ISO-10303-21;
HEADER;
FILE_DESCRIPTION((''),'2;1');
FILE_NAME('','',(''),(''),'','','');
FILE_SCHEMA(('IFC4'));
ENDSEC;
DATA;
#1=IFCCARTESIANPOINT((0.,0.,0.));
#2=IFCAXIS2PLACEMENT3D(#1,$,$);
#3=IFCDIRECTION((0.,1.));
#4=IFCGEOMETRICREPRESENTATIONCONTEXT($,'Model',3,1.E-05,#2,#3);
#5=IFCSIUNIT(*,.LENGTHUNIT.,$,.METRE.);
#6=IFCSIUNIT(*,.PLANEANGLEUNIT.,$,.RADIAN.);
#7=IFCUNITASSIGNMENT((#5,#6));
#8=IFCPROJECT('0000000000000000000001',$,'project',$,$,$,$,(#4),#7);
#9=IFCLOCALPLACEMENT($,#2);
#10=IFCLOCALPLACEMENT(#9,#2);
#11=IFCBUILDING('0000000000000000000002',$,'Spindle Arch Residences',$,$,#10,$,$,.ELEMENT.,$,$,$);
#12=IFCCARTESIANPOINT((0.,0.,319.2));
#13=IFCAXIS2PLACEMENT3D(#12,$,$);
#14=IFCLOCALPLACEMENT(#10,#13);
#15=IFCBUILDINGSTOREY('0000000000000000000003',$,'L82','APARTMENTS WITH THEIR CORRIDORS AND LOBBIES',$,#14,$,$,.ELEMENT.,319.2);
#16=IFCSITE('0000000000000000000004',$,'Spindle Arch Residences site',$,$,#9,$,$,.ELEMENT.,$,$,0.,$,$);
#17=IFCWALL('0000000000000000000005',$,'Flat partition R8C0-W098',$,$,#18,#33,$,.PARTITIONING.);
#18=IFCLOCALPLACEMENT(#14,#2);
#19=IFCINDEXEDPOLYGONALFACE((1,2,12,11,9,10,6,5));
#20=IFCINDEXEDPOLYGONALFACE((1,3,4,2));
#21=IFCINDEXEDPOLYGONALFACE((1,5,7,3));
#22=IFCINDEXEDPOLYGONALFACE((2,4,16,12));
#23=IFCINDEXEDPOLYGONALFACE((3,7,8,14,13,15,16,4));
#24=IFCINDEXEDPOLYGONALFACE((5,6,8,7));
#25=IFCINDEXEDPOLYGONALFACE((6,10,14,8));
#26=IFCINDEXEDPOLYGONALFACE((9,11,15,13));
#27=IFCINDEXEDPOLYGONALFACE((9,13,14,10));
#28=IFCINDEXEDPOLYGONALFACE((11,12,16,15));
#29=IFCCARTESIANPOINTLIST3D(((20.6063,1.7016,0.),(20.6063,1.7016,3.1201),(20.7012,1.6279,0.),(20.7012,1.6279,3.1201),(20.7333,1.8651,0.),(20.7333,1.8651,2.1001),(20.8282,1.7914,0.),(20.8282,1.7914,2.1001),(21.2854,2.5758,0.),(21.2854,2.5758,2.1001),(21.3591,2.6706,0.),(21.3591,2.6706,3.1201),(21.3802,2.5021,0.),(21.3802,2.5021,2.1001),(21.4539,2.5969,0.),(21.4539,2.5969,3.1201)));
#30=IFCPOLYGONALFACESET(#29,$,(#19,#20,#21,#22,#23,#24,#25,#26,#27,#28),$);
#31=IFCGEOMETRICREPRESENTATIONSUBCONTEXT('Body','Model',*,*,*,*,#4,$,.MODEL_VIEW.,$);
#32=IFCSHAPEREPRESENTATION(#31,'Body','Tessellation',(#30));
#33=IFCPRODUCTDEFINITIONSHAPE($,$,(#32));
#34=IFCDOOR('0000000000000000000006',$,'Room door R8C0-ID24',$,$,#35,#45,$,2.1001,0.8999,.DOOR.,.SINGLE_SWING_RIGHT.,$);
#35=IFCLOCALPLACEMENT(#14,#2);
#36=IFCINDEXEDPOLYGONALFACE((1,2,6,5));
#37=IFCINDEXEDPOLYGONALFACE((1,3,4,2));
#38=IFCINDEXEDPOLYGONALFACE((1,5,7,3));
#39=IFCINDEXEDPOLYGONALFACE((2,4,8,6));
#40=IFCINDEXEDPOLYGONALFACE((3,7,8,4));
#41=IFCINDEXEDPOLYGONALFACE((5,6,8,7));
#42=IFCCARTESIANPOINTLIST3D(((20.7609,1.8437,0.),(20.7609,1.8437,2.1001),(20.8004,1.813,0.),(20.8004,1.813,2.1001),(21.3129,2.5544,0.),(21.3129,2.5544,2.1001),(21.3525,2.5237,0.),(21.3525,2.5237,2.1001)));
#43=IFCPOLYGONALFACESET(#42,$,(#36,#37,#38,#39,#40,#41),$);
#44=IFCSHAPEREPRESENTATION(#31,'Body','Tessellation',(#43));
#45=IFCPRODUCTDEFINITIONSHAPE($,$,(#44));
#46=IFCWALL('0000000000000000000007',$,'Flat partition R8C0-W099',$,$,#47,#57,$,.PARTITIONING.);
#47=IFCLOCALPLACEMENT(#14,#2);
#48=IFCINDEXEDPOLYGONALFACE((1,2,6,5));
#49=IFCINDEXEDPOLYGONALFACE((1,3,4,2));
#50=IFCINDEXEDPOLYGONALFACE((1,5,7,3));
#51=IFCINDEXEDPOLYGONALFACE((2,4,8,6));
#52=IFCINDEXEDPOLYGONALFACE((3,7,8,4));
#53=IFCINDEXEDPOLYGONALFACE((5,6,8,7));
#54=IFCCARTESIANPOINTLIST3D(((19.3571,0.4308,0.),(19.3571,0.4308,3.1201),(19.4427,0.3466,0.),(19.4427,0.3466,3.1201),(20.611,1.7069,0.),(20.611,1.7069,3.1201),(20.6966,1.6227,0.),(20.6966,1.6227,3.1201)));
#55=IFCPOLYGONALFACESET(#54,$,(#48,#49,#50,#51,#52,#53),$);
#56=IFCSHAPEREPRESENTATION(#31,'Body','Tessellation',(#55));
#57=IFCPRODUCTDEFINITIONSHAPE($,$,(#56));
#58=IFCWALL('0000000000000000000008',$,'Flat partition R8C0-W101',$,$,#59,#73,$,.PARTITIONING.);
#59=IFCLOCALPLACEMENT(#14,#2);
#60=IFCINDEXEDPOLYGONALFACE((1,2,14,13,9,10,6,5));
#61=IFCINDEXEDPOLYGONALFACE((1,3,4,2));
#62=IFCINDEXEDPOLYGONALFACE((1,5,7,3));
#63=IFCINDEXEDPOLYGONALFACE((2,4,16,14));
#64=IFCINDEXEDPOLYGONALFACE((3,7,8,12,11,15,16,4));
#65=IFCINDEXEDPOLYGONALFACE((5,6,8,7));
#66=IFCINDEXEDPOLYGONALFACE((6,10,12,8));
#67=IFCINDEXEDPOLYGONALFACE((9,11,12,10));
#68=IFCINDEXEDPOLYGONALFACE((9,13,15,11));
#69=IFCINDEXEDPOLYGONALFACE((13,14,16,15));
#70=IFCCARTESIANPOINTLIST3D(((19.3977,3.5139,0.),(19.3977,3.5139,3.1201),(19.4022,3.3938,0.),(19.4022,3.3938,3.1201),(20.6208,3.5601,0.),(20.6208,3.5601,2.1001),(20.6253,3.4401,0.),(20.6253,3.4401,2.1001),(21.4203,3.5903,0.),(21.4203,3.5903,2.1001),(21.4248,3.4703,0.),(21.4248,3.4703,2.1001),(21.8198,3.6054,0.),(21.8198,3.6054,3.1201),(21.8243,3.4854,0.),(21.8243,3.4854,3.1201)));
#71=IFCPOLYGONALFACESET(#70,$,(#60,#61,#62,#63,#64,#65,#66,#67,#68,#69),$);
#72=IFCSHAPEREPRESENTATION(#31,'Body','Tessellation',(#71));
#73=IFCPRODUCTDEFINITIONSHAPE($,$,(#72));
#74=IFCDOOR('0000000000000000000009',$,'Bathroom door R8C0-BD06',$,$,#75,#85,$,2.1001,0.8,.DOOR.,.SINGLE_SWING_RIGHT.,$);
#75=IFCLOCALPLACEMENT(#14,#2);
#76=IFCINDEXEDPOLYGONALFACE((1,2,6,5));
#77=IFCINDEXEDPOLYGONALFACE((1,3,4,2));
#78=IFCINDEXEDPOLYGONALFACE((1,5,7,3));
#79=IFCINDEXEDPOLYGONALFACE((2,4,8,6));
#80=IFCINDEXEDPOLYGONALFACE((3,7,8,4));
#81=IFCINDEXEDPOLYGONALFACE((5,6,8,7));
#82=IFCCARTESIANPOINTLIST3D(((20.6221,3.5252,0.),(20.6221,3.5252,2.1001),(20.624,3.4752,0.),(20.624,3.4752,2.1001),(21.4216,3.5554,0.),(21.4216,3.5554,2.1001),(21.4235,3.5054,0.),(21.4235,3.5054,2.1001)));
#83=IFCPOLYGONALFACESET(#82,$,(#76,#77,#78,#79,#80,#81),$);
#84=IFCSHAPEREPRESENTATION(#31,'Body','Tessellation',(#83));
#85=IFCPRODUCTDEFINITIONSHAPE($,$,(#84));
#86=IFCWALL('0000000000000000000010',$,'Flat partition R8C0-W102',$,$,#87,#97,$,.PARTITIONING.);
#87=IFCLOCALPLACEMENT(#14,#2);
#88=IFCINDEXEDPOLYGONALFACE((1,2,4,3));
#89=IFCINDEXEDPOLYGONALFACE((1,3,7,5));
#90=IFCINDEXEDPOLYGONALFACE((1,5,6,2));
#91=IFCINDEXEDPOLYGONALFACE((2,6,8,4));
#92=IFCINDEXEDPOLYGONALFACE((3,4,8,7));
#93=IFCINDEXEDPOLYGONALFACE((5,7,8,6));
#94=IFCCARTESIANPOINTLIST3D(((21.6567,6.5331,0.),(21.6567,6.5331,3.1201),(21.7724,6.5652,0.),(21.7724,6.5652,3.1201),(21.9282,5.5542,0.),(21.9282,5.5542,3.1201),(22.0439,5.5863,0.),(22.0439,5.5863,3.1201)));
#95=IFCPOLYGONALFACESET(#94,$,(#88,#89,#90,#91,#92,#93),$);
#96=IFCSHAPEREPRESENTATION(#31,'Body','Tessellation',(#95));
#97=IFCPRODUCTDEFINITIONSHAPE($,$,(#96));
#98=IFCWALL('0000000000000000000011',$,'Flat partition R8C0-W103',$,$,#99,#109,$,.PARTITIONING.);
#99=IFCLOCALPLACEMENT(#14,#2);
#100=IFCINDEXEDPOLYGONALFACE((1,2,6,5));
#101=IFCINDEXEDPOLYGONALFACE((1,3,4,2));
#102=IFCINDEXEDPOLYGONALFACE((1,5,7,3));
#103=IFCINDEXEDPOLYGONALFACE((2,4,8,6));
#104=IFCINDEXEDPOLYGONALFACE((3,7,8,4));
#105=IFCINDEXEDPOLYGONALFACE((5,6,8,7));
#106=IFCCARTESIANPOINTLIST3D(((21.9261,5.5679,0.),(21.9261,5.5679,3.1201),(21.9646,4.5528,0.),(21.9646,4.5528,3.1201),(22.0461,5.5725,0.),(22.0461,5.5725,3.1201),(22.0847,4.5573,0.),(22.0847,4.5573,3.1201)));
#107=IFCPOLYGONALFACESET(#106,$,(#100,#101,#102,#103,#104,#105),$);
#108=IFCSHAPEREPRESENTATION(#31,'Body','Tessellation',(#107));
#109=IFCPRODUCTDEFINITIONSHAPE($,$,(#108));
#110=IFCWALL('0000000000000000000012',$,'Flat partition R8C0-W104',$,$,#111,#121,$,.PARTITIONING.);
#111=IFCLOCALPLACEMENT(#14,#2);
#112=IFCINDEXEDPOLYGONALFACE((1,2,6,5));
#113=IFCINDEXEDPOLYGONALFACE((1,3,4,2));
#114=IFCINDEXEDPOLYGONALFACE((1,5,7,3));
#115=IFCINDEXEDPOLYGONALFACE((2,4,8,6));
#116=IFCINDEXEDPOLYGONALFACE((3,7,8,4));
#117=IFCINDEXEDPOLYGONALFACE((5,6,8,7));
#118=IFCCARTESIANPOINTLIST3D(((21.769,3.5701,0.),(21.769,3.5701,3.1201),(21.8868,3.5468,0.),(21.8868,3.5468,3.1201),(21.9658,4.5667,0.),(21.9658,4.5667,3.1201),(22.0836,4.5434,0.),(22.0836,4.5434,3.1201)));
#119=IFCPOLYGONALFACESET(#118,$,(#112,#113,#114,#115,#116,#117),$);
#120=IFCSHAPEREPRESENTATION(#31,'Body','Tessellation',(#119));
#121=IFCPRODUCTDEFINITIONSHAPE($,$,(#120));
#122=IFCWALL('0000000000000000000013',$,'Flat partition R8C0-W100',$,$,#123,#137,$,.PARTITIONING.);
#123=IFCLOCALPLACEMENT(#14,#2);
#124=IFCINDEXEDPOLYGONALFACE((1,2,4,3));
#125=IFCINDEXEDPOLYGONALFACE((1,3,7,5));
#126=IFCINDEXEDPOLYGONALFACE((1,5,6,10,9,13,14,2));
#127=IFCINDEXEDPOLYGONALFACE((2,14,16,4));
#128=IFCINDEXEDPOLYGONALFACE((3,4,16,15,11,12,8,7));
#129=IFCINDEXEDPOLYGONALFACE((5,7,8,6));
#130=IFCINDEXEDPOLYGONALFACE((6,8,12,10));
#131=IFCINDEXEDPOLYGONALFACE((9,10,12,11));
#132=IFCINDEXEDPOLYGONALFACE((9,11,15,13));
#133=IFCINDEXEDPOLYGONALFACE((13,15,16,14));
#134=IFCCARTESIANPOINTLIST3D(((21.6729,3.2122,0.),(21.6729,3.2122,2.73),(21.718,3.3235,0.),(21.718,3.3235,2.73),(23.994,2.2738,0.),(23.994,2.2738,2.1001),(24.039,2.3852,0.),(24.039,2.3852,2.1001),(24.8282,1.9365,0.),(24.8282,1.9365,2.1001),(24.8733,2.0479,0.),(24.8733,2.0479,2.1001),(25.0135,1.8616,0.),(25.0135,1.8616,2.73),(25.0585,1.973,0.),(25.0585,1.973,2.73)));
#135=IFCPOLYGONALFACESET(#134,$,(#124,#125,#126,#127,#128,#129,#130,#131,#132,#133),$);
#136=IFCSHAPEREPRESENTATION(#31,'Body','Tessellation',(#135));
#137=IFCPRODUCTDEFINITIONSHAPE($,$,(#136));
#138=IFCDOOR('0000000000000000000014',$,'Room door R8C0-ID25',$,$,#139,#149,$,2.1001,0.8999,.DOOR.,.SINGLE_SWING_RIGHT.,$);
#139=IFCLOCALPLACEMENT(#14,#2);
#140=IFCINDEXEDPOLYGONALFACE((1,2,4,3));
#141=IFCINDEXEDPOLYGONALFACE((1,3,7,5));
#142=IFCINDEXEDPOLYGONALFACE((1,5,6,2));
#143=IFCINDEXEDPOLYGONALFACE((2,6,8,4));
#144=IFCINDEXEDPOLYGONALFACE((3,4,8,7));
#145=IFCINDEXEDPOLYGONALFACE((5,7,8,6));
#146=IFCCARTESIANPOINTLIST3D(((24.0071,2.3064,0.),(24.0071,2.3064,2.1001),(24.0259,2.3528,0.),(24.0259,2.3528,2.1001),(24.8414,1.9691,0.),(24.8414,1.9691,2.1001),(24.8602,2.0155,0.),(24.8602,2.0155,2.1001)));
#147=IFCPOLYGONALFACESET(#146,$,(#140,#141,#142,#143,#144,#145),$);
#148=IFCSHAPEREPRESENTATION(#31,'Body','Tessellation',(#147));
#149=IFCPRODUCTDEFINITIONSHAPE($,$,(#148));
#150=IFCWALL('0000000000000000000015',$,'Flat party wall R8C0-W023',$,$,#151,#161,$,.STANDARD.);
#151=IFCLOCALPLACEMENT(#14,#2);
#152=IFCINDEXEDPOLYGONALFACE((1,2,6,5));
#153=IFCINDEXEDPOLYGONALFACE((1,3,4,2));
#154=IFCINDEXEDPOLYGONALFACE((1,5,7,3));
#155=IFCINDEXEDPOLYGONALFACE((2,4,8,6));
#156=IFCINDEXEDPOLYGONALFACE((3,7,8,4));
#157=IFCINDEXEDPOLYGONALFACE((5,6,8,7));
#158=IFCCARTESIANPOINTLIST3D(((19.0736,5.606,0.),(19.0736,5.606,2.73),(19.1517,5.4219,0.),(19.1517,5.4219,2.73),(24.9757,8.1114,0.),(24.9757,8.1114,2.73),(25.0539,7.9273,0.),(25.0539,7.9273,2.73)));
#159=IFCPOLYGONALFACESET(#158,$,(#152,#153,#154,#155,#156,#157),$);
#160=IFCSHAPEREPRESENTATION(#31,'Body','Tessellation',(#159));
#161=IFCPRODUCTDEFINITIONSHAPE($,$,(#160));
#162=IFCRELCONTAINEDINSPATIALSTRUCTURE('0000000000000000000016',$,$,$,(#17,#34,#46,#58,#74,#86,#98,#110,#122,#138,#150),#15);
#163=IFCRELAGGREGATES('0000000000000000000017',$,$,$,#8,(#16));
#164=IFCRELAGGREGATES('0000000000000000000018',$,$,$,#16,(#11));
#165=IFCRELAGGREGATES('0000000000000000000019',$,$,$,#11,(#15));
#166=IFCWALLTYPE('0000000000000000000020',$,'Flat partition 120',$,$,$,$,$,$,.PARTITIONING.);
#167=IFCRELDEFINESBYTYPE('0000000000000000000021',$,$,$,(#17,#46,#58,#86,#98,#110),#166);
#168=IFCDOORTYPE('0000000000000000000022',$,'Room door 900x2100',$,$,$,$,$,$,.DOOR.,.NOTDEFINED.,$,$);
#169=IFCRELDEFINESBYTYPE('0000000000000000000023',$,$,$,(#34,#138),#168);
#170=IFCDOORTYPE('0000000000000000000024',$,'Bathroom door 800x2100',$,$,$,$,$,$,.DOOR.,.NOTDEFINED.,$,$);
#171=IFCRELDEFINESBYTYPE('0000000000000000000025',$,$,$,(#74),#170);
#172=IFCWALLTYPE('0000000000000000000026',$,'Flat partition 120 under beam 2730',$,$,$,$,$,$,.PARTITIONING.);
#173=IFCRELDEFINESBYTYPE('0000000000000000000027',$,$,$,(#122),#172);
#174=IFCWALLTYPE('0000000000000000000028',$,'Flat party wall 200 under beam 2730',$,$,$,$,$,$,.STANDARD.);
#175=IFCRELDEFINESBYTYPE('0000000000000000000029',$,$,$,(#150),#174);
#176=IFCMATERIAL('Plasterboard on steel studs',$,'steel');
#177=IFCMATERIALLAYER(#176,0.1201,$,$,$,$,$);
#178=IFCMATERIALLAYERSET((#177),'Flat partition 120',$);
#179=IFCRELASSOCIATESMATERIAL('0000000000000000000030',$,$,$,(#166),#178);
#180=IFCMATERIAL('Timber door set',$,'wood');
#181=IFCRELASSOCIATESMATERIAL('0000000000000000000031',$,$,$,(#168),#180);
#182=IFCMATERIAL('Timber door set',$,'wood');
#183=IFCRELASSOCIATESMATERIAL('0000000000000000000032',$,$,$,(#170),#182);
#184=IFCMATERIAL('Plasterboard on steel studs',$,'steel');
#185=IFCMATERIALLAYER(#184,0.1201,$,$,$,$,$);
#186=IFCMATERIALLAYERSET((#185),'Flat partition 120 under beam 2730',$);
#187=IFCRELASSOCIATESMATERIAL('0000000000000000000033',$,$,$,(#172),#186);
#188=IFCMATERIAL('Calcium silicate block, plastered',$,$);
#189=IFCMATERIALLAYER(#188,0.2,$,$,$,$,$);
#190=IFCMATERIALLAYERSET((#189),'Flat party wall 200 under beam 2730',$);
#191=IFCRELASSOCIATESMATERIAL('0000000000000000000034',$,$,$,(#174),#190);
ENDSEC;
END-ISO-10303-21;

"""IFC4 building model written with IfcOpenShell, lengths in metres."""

from ifc_helpers import new_model, si_unit, direction, frame, frame_2d, origin, place, context, subcontext, project, spatial, rectangle, extrude, material, layer, layer_set, type_object, element, fill, save


model = new_model("IFC4")

# Units and contexts
model_context = context("Model", 3, precision=1e-05, world=origin(), true_north=direction((0.0, 1.0)))
body_context = subcontext(model_context, "Body", "Model", "MODEL_VIEW")
ifc_project = project(units=[si_unit("LENGTHUNIT", "METRE"), si_unit("PLANEANGLEUNIT", "RADIAN")], contexts=[model_context])

# Site, building, storey
site_placement = place(None, origin())
site = spatial("IfcSite", under=ifc_project, at=site_placement, Name="Spindle Arch Residences site", CompositionType="ELEMENT", RefElevation=0.0)
building_placement = place(site_placement, origin())
building = spatial("IfcBuilding", under=site, at=building_placement, Name="Spindle Arch Residences", CompositionType="ELEMENT")
storey_placement = place(building_placement, frame((0.0, 0.0, 319.2)))
storey = spatial("IfcBuildingStorey", under=building, at=storey_placement, Name="L82", Description="APARTMENTS WITH THEIR CORRIDORS AND LOBBIES", CompositionType="ELEMENT", Elevation=319.2)

# Shared definitions
ifc_material_1 = material(Name="Plasterboard on steel studs", Category="steel")
ifc_layer_1 = layer(ifc_material_1, 0.1201)
ifc_layer_set_1 = layer_set([ifc_layer_1], Name="Flat partition 120")
wall_type_1 = type_object("IfcWallType", Name="Flat partition 120", PredefinedType="PARTITIONING", material=ifc_layer_set_1)
ifc_material_2 = material(Name="Timber door set", Category="wood")
door_type_1 = type_object("IfcDoorType", Name="Room door 900x2100", OperationType="NOTDEFINED", PredefinedType="DOOR", material=ifc_material_2)

# Wall, opening, door
wall_1_placement = place(storey_placement, frame((21.4065, 2.6338, 0.0), z_axis=(0.0, 0.0, 1.0), x_axis=(-0.613445, -0.789738, 0.0)))
wall_1 = element("IfcWall", 1, at=wall_1_placement, inside=storey, type_object=wall_type_1, Name="Flat partition R8C0-W098", PredefinedType="PARTITIONING", context=body_context, shape_type="SweptSolid", body=[
    extrude(rectangle(XDim=1.2271, YDim=0.1201, at=frame_2d((0.6135, 0.0))), origin(), (0.0, 0.0, 1.0), 3.1201),
])
opening_1_placement = place(wall_1_placement, frame((0.1201, 0.0, 0.0)))
opening_1 = element("IfcOpeningElement", 2, at=opening_1_placement, cuts=wall_1, PredefinedType="OPENING", context=body_context, shape_type="SweptSolid", body=[
    extrude(rectangle(XDim=0.8999, YDim=2.1001, at=frame_2d((0.45, 1.05))), frame((0.0, 0.0701, 0.0), z_axis=(0.0, -1.0, 0.0), x_axis=(1.0, 0.0, 0.0)), (0.0, 0.0, 1.0), 0.1401),
])
door_1_placement = place(opening_1_placement, origin())
door_1 = element("IfcDoor", 3, at=door_1_placement, inside=storey, type_object=door_type_1, Name="Room door R8C0-ID24", OperationType="SINGLE_SWING_RIGHT", OverallHeight=2.1001, OverallWidth=0.8999, PredefinedType="DOOR", context=body_context, shape_type="SweptSolid", body=[
    extrude(rectangle(XDim=0.8999, YDim=2.1001, at=frame_2d((0.45, 1.05))), frame((0.0, 0.0249, 0.0), z_axis=(0.0, -1.0, 0.0), x_axis=(1.0, 0.0, 0.0)), (0.0, 0.0, 1.0), 0.05),
])
fill(opening_1, door_1)

# Wall
wall_2_placement = place(storey_placement, frame((20.6538, 1.6648, 0.0), z_axis=(0.0, 0.0, 1.0), x_axis=(-0.70087, -0.713289, 0.0)))
element("IfcWall", 4, at=wall_2_placement, inside=storey, type_object=wall_type_1, Name="Flat partition R8C0-W099", PredefinedType="PARTITIONING", context=body_context, shape_type="SweptSolid", body=[
    extrude(rectangle(XDim=1.7891, YDim=0.1201, at=frame_2d((0.8945, 0.0))), origin(), (0.0, 0.0, 1.0), 3.1201),
])

# Wall, opening, door
wall_3_placement = place(storey_placement, frame((21.822, 3.5454, 0.0), z_axis=(0.0, 0.0, 1.0), x_axis=(-0.999286, -0.037772, 0.0)))
wall_3 = element("IfcWall", 5, at=wall_3_placement, inside=storey, type_object=wall_type_1, Name="Flat partition R8C0-W101", PredefinedType="PARTITIONING", context=body_context, shape_type="SweptSolid", body=[
    extrude(rectangle(XDim=2.4238, YDim=0.1201, at=frame_2d((1.2119, 0.0))), origin(), (0.0, 0.0, 1.0), 3.1201),
])
opening_2_placement = place(wall_3_placement, frame((0.3999, 0.0, 0.0)))
opening_2 = element("IfcOpeningElement", 6, at=opening_2_placement, cuts=wall_3, PredefinedType="OPENING", context=body_context, shape_type="SweptSolid", body=[
    extrude(rectangle(XDim=0.8, YDim=2.1001, at=frame_2d((0.3999, 1.05))), frame((0.0, 0.0701, 0.0), z_axis=(0.0, -1.0, 0.0), x_axis=(1.0, 0.0, 0.0)), (0.0, 0.0, 1.0), 0.1401),
])
ifc_material_3 = material(Name="Timber door set", Category="wood")
door_type_2 = type_object("IfcDoorType", Name="Bathroom door 800x2100", OperationType="NOTDEFINED", PredefinedType="DOOR", material=ifc_material_3)
door_2_placement = place(opening_2_placement, origin())
door_2 = element("IfcDoor", 7, at=door_2_placement, inside=storey, type_object=door_type_2, Name="Bathroom door R8C0-BD06", OperationType="SINGLE_SWING_RIGHT", OverallHeight=2.1001, OverallWidth=0.8, PredefinedType="DOOR", context=body_context, shape_type="SweptSolid", body=[
    extrude(rectangle(XDim=0.8, YDim=2.1001, at=frame_2d((0.3999, 1.05))), frame((0.0, 0.0249, 0.0), z_axis=(0.0, -1.0, 0.0), x_axis=(1.0, 0.0, 0.0)), (0.0, 0.0, 1.0), 0.05),
])
fill(opening_2, door_2)

# Walls
for number, where, z_axis, x_axis, name in (
    (8, (21.7146, 6.5491, 0.0), (0.0, 0.0, 1.0), (0.267222, -0.963635, 0.0), "Flat partition R8C0-W102"),
    (9, (21.9861, 5.5701, 0.0), (0.0, 0.0, 1.0), (0.037972, -0.999279, 0.0), "Flat partition R8C0-W103"),
    (10, (22.0247, 4.5549, 0.0), (0.0, 0.0, 1.0), (-0.193712, -0.981058, 0.0), "Flat partition R8C0-W104"),
):
    element("IfcWall", number, at=place(storey_placement, frame(where, z_axis=z_axis, x_axis=x_axis)), inside=storey, type_object=wall_type_1, Name=name, PredefinedType="PARTITIONING", context=body_context, shape_type="SweptSolid", body=[
        extrude(rectangle(XDim=1.0159, YDim=0.1201, at=frame_2d((0.5078, 0.0))), origin(), (0.0, 0.0, 1.0), 3.1201),
    ])

# Wall, opening, door
ifc_material_4 = material(Name="Plasterboard on steel studs", Category="steel")
ifc_layer_2 = layer(ifc_material_4, 0.1201)
ifc_layer_set_2 = layer_set([ifc_layer_2], Name="Flat partition 120 under beam 2730")
wall_type_2 = type_object("IfcWallType", Name="Flat partition 120 under beam 2730", PredefinedType="PARTITIONING", material=ifc_layer_set_2)
wall_4_placement = place(storey_placement, frame((25.0361, 1.9172, 0.0), z_axis=(0.0, 0.0, 1.0), x_axis=(-0.927097, 0.374823, 0.0)))
wall_4 = element("IfcWall", 11, at=wall_4_placement, inside=storey, type_object=wall_type_2, Name="Flat partition R8C0-W100", PredefinedType="PARTITIONING", context=body_context, shape_type="SweptSolid", body=[
    extrude(rectangle(XDim=3.6033, YDim=0.1201, at=frame_2d((1.8018, 0.0))), origin(), (0.0, 0.0, 1.0), 2.73),
])
opening_3_placement = place(wall_4_placement, frame((0.2, 0.0, 0.0)))
opening_3 = element("IfcOpeningElement", 12, at=opening_3_placement, cuts=wall_4, PredefinedType="OPENING", context=body_context, shape_type="SweptSolid", body=[
    extrude(rectangle(XDim=0.8999, YDim=2.1001, at=frame_2d((0.45, 1.05))), frame((0.0, 0.0701, 0.0), z_axis=(0.0, -1.0, 0.0), x_axis=(1.0, 0.0, 0.0)), (0.0, 0.0, 1.0), 0.1401),
])
door_3_placement = place(opening_3_placement, origin())
door_3 = element("IfcDoor", 13, at=door_3_placement, inside=storey, type_object=door_type_1, Name="Room door R8C0-ID25", OperationType="SINGLE_SWING_RIGHT", OverallHeight=2.1001, OverallWidth=0.8999, PredefinedType="DOOR", context=body_context, shape_type="SweptSolid", body=[
    extrude(rectangle(XDim=0.8999, YDim=2.1001, at=frame_2d((0.45, 1.05))), frame((0.0, 0.0249, 0.0), z_axis=(0.0, -1.0, 0.0), x_axis=(1.0, 0.0, 0.0)), (0.0, 0.0, 1.0), 0.05),
])
fill(opening_3, door_3)

# Wall
ifc_material_5 = material(Name="Calcium silicate block, plastered")
ifc_layer_3 = layer(ifc_material_5, 0.2)
ifc_layer_set_3 = layer_set([ifc_layer_3], Name="Flat party wall 200 under beam 2730")
wall_type_3 = type_object("IfcWallType", Name="Flat party wall 200 under beam 2730", PredefinedType="STANDARD", material=ifc_layer_set_3)
wall_5_placement = place(storey_placement, frame((19.1125, 5.5139, 0.0), z_axis=(0.0, 0.0, 1.0), x_axis=(0.9205, 0.390741, 0.0)))
element("IfcWall", 14, at=wall_5_placement, inside=storey, type_object=wall_type_3, Name="Flat party wall R8C0-W023", PredefinedType="STANDARD", context=body_context, shape_type="SweptSolid", body=[
    extrude(rectangle(XDim=6.4119, YDim=0.2, at=frame_2d((3.2061, 0.0))), origin(), (0.0, 0.0, 1.0), 2.73),
])

save(model, "model.ifc")
